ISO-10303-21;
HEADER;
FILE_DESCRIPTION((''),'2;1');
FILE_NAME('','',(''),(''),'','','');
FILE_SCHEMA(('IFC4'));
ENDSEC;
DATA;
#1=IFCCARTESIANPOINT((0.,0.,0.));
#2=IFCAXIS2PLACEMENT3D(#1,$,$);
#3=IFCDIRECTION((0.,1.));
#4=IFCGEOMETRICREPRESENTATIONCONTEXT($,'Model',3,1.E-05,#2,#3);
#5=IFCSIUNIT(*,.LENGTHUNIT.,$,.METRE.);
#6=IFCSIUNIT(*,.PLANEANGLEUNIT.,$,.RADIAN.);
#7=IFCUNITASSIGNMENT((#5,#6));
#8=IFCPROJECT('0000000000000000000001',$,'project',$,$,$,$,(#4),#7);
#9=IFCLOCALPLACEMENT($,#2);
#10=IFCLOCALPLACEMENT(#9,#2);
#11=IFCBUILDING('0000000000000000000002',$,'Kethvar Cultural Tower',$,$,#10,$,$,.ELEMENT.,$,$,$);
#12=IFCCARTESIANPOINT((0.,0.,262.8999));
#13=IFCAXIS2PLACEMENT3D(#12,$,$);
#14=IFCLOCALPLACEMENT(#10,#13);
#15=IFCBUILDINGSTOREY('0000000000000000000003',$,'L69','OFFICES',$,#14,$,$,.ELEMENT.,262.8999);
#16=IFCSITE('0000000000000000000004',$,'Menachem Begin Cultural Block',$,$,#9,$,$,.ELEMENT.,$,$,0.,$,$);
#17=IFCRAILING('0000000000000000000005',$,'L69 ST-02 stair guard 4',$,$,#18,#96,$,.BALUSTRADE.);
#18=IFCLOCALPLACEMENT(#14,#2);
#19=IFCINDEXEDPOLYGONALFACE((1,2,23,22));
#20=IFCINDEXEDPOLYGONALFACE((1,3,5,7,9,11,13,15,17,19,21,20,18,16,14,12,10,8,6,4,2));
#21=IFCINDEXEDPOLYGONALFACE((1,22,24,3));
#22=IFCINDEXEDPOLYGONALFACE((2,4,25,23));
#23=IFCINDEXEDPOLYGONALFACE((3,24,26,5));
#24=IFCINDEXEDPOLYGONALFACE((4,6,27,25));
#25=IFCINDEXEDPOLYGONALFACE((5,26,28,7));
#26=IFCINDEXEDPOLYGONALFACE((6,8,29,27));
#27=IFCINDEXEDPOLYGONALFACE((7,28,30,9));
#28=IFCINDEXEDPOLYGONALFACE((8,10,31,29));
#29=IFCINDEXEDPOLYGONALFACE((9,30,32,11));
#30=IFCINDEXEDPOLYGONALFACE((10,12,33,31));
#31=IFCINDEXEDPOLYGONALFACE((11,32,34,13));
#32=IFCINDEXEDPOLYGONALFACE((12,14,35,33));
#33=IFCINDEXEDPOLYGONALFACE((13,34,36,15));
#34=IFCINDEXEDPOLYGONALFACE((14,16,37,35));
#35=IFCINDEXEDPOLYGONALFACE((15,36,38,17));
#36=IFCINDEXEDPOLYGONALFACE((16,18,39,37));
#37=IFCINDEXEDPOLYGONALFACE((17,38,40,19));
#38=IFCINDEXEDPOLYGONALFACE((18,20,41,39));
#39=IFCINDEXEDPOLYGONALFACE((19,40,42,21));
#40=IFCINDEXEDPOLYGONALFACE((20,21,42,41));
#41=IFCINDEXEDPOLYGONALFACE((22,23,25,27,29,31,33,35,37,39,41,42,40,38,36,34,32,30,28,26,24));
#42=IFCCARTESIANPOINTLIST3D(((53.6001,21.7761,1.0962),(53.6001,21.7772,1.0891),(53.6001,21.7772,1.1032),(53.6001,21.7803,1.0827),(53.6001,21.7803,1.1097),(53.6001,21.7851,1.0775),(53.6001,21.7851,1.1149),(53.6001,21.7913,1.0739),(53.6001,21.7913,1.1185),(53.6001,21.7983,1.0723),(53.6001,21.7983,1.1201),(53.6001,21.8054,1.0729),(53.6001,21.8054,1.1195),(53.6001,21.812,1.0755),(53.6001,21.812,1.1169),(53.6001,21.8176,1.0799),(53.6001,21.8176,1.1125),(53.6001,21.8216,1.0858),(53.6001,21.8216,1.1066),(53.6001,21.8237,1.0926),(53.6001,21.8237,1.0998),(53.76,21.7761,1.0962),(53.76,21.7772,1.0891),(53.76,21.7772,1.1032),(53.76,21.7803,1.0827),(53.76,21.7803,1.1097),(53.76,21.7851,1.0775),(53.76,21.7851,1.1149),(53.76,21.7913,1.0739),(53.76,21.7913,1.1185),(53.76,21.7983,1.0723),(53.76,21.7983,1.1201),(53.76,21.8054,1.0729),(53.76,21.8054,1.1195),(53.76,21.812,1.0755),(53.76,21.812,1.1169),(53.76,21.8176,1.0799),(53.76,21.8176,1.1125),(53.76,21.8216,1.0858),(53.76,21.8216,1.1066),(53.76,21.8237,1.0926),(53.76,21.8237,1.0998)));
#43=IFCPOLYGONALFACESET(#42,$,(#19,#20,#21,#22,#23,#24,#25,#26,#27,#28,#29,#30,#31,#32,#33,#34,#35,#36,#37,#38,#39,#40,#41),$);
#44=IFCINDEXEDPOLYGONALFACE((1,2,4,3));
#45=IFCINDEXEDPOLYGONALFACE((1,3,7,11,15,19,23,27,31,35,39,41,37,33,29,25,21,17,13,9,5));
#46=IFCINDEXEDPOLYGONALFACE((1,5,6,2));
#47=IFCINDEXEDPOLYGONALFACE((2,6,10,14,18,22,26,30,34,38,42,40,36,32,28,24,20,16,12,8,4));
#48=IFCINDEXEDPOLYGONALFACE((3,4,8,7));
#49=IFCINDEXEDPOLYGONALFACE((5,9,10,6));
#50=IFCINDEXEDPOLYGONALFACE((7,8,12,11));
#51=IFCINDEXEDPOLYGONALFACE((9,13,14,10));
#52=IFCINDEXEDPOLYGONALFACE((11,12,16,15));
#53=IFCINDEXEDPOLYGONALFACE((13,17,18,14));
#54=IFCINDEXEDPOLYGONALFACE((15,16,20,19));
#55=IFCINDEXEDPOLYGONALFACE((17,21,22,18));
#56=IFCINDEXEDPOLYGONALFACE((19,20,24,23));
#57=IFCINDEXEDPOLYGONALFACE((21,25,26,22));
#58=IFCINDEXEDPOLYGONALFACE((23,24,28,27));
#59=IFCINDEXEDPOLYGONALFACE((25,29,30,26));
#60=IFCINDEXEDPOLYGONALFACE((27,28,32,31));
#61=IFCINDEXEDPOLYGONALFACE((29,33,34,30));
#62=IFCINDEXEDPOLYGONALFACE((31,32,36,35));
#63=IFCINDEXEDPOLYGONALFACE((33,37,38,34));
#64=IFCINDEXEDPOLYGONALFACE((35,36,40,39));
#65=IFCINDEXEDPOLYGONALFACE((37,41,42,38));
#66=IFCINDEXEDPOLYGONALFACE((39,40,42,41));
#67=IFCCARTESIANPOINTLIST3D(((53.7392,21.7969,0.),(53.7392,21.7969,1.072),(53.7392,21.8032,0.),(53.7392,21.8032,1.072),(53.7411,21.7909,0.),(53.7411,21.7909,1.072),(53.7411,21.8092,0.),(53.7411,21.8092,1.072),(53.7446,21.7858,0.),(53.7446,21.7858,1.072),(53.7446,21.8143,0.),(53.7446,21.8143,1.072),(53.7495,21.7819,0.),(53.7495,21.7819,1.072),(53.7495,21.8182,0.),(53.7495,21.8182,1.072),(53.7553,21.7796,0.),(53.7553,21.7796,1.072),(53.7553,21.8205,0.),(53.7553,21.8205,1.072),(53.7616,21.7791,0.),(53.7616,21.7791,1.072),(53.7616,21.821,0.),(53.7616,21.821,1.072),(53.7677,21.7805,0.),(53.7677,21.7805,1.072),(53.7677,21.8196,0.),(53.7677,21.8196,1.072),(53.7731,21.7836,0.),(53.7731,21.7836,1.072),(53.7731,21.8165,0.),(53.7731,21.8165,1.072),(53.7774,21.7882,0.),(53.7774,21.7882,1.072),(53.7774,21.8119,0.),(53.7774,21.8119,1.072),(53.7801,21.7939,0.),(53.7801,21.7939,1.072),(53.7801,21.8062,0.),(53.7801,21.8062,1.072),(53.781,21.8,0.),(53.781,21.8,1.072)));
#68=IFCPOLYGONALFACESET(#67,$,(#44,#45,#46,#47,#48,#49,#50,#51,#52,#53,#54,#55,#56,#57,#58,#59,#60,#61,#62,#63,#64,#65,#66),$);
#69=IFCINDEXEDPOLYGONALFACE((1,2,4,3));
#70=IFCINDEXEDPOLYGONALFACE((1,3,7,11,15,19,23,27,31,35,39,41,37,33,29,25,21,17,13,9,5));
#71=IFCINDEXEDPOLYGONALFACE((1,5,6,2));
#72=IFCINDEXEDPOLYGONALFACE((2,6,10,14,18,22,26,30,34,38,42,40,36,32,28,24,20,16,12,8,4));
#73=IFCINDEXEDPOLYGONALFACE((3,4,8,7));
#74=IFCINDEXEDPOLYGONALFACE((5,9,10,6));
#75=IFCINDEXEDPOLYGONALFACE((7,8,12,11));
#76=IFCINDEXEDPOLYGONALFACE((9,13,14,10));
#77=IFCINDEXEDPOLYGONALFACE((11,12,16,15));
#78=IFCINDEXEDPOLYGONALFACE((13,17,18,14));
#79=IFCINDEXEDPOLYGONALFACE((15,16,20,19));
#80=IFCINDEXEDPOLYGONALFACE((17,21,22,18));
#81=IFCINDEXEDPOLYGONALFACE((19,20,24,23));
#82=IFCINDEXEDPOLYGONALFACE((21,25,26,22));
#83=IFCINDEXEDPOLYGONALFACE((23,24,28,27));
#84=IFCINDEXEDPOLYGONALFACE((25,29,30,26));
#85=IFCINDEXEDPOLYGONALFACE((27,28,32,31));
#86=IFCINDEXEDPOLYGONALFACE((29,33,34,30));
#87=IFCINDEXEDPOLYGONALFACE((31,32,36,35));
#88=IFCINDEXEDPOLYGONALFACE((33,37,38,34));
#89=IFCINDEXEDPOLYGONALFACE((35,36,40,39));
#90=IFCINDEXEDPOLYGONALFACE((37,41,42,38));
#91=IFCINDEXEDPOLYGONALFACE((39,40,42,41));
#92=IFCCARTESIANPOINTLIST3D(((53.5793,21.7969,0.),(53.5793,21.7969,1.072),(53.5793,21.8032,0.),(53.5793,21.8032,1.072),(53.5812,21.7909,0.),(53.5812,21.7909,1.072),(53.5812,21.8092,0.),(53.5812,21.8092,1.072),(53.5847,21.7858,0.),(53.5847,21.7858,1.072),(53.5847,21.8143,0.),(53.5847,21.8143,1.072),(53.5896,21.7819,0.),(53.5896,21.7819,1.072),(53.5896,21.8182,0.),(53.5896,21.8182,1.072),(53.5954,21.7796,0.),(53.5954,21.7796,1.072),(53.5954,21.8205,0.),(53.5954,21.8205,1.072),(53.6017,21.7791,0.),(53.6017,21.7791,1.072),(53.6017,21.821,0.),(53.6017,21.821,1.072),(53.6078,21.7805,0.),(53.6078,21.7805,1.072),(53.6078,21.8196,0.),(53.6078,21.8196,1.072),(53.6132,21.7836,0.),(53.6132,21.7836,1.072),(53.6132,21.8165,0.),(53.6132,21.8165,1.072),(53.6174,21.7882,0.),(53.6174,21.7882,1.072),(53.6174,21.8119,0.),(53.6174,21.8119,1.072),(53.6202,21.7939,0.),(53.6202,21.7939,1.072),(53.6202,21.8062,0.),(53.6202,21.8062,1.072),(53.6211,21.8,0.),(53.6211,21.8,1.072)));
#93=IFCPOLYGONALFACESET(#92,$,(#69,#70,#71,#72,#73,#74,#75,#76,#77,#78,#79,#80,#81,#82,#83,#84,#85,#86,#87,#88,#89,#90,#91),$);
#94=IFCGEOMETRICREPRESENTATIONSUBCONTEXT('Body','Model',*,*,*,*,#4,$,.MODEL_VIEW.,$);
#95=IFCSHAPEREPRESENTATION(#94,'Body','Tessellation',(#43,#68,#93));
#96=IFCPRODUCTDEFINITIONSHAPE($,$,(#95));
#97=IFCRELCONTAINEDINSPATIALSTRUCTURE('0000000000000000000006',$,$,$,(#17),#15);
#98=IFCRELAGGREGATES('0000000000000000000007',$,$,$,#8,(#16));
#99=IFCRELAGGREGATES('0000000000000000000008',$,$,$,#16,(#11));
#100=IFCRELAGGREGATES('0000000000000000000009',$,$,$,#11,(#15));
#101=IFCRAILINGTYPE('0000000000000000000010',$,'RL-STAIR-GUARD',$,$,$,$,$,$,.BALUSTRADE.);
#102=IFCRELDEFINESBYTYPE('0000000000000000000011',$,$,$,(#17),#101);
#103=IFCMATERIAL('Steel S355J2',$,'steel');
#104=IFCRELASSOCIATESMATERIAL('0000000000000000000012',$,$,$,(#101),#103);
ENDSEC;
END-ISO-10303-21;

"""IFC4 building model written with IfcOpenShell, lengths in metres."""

from ifc_helpers import new_model, si_unit, direction, frame, origin, origin_2d, place, context, subcontext, project, spatial, circle, extrude, material, type_object, element, save


model = new_model("IFC4")

# Units and contexts
model_context = context("Model", 3, precision=1e-05, world=origin(), true_north=direction((0.0, 1.0)))
body_context = subcontext(model_context, "Body", "Model", "MODEL_VIEW")
ifc_project = project(units=[si_unit("LENGTHUNIT", "METRE"), si_unit("PLANEANGLEUNIT", "RADIAN")], contexts=[model_context])

# Site, building, storey
site_placement = place(None, origin())
site = spatial("IfcSite", under=ifc_project, at=site_placement, Name="Menachem Begin Cultural Block", CompositionType="ELEMENT", RefElevation=0.0)
building_placement = place(site_placement, origin())
building = spatial("IfcBuilding", under=site, at=building_placement, Name="Kethvar Cultural Tower", CompositionType="ELEMENT")
storey_placement = place(building_placement, frame((0.0, 0.0, 262.8999)))
storey = spatial("IfcBuildingStorey", under=building, at=storey_placement, Name="L69", Description="OFFICES", CompositionType="ELEMENT", Elevation=262.8999)

# Shared definitions
ifc_material_1 = material(Name="Steel S355J2", Category="steel")

# Railing
railing_type_1 = type_object("IfcRailingType", Name="RL-STAIR-GUARD", PredefinedType="BALUSTRADE", material=ifc_material_1)
railing_1_placement = place(storey_placement, frame((53.76, 21.8, 0.0)))
element("IfcRailing", 1, at=railing_1_placement, inside=storey, type_object=railing_type_1, Name="L69 ST-02 stair guard 4", PredefinedType="BALUSTRADE", context=body_context, shape_type="SweptSolid", body=[
    extrude(circle(Radius=0.0239, at=origin_2d()), frame((0.0, 0.0, 1.0962), z_axis=(-1.0, 0.0, 0.0), x_axis=(0.0, -1.0, 0.0)), (0.0, 0.0, 1.0), 0.1599),
    extrude(circle(Radius=0.021, at=origin_2d()), origin(), (0.0, 0.0, 1.0), 1.072),
    extrude(circle(Radius=0.021, at=origin_2d()), frame((-0.1599, 0.0, 0.0)), (0.0, 0.0, 1.0), 1.072),
])

save(model, "model.ifc")
